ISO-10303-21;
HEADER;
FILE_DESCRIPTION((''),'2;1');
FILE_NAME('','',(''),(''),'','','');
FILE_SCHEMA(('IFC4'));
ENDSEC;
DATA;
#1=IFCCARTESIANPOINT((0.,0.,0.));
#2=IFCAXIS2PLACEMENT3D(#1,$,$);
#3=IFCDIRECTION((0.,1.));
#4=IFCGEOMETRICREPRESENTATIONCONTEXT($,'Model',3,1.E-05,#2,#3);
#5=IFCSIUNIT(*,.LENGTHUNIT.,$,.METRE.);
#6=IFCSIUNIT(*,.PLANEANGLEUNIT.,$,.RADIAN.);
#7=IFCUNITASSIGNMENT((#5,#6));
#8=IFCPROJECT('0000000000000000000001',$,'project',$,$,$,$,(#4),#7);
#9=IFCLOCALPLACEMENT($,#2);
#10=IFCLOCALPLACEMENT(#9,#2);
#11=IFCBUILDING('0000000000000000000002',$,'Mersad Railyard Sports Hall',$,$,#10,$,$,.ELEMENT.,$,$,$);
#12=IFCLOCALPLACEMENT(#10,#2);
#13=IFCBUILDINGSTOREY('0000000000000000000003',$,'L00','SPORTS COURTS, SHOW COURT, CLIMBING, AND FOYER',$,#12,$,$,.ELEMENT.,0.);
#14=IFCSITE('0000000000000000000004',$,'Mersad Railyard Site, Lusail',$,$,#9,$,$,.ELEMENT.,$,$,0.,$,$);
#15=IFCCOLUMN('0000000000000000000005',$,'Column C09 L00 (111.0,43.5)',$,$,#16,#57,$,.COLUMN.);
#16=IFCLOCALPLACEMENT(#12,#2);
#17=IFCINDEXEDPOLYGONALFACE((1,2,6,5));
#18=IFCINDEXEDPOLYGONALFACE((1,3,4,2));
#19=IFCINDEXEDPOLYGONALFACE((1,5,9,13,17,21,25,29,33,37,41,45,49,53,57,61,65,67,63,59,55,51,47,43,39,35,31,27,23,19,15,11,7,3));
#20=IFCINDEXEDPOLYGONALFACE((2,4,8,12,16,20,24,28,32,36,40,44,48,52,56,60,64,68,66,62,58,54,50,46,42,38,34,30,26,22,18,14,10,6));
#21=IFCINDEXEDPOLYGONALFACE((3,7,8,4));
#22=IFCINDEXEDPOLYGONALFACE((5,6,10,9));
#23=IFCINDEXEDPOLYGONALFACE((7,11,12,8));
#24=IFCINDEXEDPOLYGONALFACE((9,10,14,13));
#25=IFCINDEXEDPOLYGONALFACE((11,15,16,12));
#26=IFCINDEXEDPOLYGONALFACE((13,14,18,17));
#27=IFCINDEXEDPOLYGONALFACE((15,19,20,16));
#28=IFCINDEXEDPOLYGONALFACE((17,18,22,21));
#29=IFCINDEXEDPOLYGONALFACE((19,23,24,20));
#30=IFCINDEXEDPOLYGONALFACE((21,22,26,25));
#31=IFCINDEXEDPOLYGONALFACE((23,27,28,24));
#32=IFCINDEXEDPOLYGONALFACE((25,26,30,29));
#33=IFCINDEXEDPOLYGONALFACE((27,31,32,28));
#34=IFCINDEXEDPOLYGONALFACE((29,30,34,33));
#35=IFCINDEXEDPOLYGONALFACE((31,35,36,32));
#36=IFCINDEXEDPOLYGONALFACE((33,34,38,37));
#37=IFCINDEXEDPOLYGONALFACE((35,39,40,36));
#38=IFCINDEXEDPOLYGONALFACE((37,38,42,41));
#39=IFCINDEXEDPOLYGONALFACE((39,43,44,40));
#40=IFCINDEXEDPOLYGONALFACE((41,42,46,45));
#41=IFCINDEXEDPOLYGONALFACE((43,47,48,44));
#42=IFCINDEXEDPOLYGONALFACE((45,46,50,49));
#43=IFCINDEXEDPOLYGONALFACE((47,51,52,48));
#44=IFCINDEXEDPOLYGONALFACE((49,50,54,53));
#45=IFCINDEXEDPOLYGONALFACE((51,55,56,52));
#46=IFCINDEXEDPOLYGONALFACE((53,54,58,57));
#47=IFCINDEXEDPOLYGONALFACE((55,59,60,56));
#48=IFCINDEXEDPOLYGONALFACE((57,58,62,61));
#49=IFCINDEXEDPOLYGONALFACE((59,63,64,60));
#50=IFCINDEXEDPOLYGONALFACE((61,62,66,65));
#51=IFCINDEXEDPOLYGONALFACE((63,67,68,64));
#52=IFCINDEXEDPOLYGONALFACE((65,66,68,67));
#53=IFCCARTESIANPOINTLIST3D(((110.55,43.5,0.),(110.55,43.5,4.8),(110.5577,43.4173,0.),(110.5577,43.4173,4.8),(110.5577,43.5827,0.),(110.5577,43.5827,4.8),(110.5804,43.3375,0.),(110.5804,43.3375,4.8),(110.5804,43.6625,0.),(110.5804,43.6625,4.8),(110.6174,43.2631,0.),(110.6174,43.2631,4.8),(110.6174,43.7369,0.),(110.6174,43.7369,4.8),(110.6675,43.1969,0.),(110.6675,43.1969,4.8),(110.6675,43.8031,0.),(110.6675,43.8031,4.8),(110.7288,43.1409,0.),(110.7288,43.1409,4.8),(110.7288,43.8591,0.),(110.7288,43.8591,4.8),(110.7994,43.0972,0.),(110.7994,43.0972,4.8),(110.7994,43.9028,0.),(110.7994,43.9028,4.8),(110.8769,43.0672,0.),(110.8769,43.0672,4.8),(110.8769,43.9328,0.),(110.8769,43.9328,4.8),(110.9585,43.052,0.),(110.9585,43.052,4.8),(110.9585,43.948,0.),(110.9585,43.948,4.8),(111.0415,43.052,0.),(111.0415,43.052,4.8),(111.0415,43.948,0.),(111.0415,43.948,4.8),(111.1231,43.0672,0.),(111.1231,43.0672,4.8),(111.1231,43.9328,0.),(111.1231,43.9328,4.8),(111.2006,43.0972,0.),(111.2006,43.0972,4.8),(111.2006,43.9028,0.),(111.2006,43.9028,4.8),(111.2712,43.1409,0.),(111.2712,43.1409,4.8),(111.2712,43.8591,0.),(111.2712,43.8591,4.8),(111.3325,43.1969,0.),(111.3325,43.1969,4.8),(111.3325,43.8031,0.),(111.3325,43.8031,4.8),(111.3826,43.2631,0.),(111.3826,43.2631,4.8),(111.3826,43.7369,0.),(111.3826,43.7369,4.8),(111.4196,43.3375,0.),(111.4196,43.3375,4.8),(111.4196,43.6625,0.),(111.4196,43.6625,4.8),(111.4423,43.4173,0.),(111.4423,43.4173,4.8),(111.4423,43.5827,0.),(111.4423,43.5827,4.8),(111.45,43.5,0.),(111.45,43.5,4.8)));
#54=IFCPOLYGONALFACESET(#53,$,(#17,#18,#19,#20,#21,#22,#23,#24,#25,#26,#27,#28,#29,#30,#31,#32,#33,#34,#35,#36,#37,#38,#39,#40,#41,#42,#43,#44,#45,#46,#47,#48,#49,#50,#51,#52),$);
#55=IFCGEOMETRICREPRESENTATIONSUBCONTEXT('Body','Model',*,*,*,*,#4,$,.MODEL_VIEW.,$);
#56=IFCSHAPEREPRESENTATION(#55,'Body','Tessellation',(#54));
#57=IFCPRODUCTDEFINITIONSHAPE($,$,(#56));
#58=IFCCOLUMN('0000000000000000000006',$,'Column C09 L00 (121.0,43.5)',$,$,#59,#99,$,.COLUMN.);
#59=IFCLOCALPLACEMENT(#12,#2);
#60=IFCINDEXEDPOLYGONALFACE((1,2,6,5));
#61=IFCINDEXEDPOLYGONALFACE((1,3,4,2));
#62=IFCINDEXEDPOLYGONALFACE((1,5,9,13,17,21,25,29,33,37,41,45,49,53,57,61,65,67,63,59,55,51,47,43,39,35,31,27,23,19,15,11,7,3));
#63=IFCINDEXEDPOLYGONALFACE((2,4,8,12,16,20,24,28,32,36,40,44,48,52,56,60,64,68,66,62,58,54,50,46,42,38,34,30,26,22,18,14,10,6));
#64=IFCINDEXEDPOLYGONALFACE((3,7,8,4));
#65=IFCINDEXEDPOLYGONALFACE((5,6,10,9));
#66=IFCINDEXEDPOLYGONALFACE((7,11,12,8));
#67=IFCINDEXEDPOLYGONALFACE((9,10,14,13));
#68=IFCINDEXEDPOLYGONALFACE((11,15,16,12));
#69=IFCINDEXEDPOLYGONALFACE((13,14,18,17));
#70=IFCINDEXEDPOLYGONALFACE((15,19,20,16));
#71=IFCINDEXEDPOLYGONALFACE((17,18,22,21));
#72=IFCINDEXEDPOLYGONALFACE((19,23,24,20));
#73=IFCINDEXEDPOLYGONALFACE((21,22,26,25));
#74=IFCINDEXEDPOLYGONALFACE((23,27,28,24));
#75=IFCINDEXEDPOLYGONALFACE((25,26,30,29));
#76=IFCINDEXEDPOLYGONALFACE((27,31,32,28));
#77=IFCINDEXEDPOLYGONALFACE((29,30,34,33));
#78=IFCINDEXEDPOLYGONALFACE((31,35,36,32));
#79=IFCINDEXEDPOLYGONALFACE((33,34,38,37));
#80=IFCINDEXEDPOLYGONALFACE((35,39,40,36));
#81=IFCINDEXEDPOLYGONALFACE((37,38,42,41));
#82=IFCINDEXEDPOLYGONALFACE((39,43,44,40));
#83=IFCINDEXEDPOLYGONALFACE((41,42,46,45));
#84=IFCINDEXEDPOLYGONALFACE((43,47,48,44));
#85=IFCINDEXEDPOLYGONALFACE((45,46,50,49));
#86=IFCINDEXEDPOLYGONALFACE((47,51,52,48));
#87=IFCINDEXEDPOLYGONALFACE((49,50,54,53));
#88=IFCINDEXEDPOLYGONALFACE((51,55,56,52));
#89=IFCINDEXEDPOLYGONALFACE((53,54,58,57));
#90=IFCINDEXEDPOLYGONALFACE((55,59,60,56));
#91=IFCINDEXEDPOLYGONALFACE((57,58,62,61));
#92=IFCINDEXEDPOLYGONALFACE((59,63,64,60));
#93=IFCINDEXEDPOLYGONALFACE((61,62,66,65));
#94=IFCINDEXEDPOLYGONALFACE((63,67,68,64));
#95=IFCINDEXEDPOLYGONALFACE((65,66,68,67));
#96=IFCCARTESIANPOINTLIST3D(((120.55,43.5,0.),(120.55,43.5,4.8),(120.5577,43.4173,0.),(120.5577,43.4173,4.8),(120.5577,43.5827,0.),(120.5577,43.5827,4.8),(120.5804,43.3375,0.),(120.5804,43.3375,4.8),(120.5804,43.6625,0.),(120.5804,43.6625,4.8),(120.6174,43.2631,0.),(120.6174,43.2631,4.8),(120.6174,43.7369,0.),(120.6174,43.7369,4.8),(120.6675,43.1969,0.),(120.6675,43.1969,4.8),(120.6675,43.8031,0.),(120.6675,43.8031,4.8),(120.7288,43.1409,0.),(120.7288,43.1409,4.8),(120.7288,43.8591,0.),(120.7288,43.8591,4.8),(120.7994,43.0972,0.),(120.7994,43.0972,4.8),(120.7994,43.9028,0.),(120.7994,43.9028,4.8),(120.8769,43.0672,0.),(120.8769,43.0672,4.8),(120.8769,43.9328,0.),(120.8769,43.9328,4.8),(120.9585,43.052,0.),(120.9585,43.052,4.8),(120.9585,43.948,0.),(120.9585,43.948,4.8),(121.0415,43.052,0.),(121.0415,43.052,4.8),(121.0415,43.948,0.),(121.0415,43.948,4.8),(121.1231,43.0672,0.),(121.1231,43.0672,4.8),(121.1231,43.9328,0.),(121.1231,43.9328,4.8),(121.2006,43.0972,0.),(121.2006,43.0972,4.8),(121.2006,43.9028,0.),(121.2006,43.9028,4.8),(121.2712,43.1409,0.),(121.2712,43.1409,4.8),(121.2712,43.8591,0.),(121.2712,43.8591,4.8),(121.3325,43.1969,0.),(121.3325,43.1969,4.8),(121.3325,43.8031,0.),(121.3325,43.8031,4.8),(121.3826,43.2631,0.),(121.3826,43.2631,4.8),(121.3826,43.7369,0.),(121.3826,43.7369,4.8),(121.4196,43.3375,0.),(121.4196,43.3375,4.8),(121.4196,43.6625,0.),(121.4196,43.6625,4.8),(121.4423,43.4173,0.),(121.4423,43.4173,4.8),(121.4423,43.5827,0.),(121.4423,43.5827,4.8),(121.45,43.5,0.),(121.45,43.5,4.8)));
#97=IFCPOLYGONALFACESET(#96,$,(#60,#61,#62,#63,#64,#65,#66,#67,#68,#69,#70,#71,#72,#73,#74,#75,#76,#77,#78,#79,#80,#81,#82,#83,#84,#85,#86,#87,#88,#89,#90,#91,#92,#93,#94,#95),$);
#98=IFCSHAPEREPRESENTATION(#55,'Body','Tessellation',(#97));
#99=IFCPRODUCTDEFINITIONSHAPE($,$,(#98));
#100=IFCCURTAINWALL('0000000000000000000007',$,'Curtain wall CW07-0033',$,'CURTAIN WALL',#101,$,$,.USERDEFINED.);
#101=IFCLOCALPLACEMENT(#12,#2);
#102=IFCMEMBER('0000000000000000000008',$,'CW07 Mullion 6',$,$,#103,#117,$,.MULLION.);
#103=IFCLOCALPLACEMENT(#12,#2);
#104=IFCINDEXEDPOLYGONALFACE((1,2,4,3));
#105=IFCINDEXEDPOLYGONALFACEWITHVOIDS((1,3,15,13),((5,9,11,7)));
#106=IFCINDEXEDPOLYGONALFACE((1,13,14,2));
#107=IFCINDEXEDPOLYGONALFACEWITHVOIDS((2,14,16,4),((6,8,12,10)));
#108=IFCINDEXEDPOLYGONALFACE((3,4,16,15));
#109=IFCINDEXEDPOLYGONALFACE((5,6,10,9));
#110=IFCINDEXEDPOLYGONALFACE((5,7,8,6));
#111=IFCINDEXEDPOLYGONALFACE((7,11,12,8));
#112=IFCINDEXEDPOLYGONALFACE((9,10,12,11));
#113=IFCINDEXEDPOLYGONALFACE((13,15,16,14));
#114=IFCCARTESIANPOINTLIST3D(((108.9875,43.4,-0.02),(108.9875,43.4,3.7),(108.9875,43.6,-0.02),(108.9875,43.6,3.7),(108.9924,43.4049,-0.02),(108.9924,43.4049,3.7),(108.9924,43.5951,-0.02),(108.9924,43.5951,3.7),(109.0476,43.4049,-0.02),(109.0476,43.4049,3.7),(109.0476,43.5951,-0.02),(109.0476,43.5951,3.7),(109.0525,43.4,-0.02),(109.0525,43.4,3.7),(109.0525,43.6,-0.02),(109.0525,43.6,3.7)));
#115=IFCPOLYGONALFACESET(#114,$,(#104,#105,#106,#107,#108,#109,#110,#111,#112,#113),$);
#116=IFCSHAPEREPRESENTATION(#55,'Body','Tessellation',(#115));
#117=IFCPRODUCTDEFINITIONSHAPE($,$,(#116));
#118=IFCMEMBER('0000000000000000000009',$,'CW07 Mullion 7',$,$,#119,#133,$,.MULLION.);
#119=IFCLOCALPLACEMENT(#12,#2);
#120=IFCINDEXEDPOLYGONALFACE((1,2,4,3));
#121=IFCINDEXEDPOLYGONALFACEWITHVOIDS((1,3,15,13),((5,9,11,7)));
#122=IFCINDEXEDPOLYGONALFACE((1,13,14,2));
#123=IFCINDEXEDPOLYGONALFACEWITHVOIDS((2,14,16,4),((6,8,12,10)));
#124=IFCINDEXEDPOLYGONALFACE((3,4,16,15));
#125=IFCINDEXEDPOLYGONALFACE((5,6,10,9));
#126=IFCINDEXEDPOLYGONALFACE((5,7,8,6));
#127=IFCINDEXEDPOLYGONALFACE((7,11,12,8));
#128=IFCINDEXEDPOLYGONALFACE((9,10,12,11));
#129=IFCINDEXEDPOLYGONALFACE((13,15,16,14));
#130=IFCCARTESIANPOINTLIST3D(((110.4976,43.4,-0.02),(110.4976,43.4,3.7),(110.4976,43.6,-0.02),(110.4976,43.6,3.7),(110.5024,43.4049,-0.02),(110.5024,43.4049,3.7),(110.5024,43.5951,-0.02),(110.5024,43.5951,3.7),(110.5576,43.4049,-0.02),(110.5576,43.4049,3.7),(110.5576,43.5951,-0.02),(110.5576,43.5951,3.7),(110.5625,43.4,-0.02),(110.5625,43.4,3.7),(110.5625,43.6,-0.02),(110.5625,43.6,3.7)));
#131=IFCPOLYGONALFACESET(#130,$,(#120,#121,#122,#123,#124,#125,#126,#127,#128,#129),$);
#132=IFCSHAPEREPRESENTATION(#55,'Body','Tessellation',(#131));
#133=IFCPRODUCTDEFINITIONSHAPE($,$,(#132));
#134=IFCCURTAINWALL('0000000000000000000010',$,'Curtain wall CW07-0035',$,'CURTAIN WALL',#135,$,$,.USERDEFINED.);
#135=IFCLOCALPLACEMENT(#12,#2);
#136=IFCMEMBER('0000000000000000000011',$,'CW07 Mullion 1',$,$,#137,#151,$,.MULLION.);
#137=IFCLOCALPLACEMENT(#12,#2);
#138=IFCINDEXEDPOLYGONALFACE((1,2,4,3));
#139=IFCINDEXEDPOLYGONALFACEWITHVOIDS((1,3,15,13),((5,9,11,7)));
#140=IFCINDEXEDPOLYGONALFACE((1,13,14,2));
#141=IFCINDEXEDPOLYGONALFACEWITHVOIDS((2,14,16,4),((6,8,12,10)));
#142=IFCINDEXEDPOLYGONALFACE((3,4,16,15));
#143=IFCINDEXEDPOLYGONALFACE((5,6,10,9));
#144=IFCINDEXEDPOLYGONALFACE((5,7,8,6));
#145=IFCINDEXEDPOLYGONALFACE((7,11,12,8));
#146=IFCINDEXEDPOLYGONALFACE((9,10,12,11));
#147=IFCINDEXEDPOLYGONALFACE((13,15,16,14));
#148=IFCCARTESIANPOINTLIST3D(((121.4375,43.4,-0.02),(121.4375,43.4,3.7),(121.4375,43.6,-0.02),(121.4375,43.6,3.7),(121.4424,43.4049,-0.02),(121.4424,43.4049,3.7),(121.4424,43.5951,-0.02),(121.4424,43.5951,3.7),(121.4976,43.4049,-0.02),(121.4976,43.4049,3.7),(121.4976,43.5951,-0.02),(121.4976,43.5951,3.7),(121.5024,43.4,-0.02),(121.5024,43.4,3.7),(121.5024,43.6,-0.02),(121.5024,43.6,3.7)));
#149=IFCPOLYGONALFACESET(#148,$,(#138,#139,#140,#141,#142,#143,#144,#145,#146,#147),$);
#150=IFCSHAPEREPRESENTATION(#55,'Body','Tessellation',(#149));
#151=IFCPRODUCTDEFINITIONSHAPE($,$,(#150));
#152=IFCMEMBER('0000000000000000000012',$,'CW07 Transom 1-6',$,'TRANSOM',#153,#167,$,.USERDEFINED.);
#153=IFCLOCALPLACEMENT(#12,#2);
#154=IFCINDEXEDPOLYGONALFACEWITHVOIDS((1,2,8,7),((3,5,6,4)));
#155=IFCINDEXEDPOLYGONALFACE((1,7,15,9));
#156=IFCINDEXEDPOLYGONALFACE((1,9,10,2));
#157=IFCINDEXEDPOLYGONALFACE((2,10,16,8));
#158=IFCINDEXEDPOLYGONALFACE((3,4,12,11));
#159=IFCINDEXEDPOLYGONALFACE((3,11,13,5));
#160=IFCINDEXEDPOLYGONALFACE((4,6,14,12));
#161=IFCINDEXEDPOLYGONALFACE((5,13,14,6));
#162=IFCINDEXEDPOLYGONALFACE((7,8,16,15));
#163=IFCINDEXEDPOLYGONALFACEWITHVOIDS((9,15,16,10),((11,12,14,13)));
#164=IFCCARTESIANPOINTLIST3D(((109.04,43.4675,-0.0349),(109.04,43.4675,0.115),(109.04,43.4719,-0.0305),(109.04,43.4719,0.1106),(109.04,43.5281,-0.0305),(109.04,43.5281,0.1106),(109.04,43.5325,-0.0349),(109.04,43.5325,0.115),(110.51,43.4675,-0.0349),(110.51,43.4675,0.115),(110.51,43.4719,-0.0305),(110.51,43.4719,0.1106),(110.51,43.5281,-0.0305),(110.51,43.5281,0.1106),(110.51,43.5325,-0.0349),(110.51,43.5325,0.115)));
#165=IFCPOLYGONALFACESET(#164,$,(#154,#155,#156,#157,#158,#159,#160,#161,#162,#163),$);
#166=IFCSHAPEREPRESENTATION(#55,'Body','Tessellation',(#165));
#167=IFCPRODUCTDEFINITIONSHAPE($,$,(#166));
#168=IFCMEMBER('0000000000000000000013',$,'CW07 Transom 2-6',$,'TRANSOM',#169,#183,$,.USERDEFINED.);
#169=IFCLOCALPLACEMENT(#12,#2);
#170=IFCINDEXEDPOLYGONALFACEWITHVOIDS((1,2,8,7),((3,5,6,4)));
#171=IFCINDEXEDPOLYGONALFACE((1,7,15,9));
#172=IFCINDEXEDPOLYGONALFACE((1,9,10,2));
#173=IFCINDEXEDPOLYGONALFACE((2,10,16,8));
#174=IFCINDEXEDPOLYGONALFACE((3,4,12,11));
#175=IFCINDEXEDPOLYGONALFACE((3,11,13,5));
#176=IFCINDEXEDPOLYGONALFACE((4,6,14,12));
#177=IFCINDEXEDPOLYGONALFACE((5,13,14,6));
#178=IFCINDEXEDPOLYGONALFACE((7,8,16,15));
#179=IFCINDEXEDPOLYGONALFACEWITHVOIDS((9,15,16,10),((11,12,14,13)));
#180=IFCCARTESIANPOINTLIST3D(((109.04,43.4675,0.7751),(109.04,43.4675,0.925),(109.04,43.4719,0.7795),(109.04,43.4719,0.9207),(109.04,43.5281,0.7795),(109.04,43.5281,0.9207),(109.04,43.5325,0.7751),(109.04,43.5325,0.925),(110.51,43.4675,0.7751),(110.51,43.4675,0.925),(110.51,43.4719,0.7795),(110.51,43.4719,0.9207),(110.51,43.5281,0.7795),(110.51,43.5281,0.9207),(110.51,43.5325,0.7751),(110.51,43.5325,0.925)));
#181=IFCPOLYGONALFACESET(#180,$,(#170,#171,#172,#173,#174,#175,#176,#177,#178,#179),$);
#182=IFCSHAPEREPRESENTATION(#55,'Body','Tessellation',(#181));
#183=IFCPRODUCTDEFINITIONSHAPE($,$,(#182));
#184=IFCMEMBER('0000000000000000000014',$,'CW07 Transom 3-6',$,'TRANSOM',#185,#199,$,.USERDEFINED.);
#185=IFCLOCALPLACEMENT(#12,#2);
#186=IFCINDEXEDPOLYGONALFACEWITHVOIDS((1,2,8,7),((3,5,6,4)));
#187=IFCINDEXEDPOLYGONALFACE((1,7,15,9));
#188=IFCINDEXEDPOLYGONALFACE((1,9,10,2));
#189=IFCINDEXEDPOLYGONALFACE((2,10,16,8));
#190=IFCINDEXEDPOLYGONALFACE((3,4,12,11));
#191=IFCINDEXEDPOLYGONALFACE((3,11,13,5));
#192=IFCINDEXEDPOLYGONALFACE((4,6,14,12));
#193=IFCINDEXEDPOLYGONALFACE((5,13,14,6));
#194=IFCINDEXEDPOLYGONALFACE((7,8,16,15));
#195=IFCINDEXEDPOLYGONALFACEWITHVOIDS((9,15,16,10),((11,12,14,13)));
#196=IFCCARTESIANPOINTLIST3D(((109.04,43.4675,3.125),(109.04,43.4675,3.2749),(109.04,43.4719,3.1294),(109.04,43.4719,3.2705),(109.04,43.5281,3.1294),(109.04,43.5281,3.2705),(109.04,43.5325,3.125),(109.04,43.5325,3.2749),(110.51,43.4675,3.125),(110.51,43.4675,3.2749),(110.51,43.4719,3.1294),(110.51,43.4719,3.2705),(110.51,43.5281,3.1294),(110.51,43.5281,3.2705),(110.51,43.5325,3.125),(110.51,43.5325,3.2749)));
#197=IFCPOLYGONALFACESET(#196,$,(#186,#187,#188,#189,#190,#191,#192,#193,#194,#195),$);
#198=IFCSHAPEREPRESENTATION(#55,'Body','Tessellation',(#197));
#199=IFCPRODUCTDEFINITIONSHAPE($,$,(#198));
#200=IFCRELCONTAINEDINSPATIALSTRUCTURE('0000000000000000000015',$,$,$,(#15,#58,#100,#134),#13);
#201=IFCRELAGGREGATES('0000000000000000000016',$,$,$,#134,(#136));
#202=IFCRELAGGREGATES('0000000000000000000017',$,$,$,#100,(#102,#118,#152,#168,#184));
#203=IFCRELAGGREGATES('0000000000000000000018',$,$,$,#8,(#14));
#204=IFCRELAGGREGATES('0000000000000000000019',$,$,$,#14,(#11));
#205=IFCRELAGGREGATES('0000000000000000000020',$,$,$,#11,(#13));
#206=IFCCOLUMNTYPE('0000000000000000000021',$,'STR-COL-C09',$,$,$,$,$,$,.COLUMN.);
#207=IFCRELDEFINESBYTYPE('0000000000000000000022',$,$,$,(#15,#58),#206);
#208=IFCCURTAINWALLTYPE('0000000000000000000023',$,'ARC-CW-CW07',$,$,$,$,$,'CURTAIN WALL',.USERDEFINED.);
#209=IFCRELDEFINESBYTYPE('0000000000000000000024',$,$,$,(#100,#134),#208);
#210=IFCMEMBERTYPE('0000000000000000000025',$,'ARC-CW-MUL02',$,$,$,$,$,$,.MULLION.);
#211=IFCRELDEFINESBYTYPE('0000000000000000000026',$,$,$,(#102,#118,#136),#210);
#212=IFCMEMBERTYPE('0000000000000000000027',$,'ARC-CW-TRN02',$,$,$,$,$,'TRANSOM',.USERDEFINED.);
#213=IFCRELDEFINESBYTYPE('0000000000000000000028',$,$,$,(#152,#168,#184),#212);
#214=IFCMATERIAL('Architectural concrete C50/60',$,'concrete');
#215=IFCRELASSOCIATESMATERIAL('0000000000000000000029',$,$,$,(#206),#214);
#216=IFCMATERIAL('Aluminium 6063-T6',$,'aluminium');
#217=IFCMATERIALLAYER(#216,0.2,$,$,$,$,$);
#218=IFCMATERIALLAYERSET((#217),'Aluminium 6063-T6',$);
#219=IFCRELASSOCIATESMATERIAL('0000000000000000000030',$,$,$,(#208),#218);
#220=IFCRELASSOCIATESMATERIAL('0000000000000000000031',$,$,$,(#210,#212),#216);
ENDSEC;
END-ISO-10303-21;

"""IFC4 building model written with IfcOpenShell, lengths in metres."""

from ifc_helpers import new_model, si_unit, direction, frame, origin, origin_2d, place, context, subcontext, project, spatial, hollow_rectangle, circle, extrude, material, layer, layer_set, material_profile, profile_set, type_object, element, aggregate, save


model = new_model("IFC4")

# Units and contexts
model_context = context("Model", 3, precision=1e-05, world=origin(), true_north=direction((0.0, 1.0)))
body_context = subcontext(model_context, "Body", "Model", "MODEL_VIEW")
ifc_project = project(units=[si_unit("LENGTHUNIT", "METRE"), si_unit("PLANEANGLEUNIT", "RADIAN")], contexts=[model_context])

# Site, building, storey
site_placement = place(None, origin())
site = spatial("IfcSite", under=ifc_project, at=site_placement, Name="Mersad Railyard Site, Lusail", CompositionType="ELEMENT", RefElevation=0.0)
building_placement = place(site_placement, origin())
building = spatial("IfcBuilding", under=site, at=building_placement, Name="Mersad Railyard Sports Hall", CompositionType="ELEMENT")
storey_placement = place(building_placement, origin())
storey = spatial("IfcBuildingStorey", under=building, at=storey_placement, Name="L00", Description="SPORTS COURTS, SHOW COURT, CLIMBING, AND FOYER", CompositionType="ELEMENT", Elevation=0.0)

# Columns
ifc_material_1 = material(Name="Architectural concrete C50/60", Category="concrete")
ifc_material_profile_1 = material_profile(ifc_material_1, circle(Radius=0.45, at=origin_2d()), Name="RC D900")
ifc_profile_set_1 = profile_set([ifc_material_profile_1], Name="Architectural concrete C50/60")
column_type = type_object("IfcColumnType", Name="STR-COL-C09", PredefinedType="COLUMN", material=ifc_profile_set_1)
for number, where, z_axis, x_axis, name in (
    (1, (111.0, 43.5, 0.0), (0.0, 0.0, 1.0), (1.0, 0.0, 0.0), "Column C09 L00 (111.0,43.5)"),
    (2, (121.0, 43.5, 0.0), (0.0, 0.0, 1.0), (1.0, 0.0, 0.0), "Column C09 L00 (121.0,43.5)"),
):
    element("IfcColumn", number, at=place(storey_placement, frame(where, z_axis=z_axis, x_axis=x_axis)), inside=storey, type_object=column_type, Name=name, PredefinedType="COLUMN", context=body_context, shape_type="SweptSolid", body=[
        extrude(circle(Radius=0.45, at=origin_2d()), origin(), (0.0, 0.0, 1.0), 4.8),
    ])

# Curtain wall, members
ifc_material_2 = material(Name="Aluminium 6063-T6", Category="aluminium")
ifc_layer_1 = layer(ifc_material_2, 0.2)
ifc_layer_set_1 = layer_set([ifc_layer_1], Name="Aluminium 6063-T6")
curtain_wall_type = type_object("IfcCurtainWallType", Name="ARC-CW-CW07", ElementType="CURTAIN WALL", PredefinedType="USERDEFINED", material=ifc_layer_set_1)
curtain_wall_1_placement = place(storey_placement, origin())
curtain_wall_1 = element("IfcCurtainWall", 3, at=curtain_wall_1_placement, inside=storey, type_object=curtain_wall_type, Name="Curtain wall CW07-0033", ObjectType="CURTAIN WALL", PredefinedType="USERDEFINED")
ifc_material_profile_2 = material_profile(ifc_material_2, hollow_rectangle(XDim=0.0649, YDim=0.2, WallThickness=0.0049, at=origin_2d()), Name="AL MULLION 65x200x5")
ifc_profile_set_2 = profile_set([ifc_material_profile_2], Name="Aluminium 6063-T6")
member_type_1 = type_object("IfcMemberType", Name="ARC-CW-MUL02", PredefinedType="MULLION", material=ifc_profile_set_2)
member_1_placement = place(storey_placement, frame((109.02, 43.5, -0.02), z_axis=(0.0, 0.0, 1.0), x_axis=(1.0, 0.0, 0.0)))
member_1 = element("IfcMember", 4, at=member_1_placement, type_object=member_type_1, Name="CW07 Mullion 6", PredefinedType="MULLION", context=body_context, shape_type="SweptSolid", body=[
    extrude(hollow_rectangle(XDim=0.0649, YDim=0.2, WallThickness=0.0049, at=origin_2d()), origin(), (0.0, 0.0, 1.0), 3.72),
])
member_2_placement = place(storey_placement, frame((110.53, 43.5, -0.02), z_axis=(0.0, 0.0, 1.0), x_axis=(1.0, 0.0, 0.0)))
member_2 = element("IfcMember", 5, at=member_2_placement, type_object=member_type_1, Name="CW07 Mullion 7", PredefinedType="MULLION", context=body_context, shape_type="SweptSolid", body=[
    extrude(hollow_rectangle(XDim=0.0649, YDim=0.2, WallThickness=0.0049, at=origin_2d()), origin(), (0.0, 0.0, 1.0), 3.72),
])

# Curtain wall, member
curtain_wall_2_placement = place(storey_placement, origin())
curtain_wall_2 = element("IfcCurtainWall", 6, at=curtain_wall_2_placement, inside=storey, type_object=curtain_wall_type, Name="Curtain wall CW07-0035", ObjectType="CURTAIN WALL", PredefinedType="USERDEFINED")
member_3_placement = place(storey_placement, frame((121.47, 43.5, -0.02), z_axis=(0.0, 0.0, 1.0), x_axis=(1.0, 0.0, 0.0)))
member_3 = element("IfcMember", 7, at=member_3_placement, type_object=member_type_1, Name="CW07 Mullion 1", PredefinedType="MULLION", context=body_context, shape_type="SweptSolid", body=[
    extrude(hollow_rectangle(XDim=0.0649, YDim=0.2, WallThickness=0.0049, at=origin_2d()), origin(), (0.0, 0.0, 1.0), 3.72),
])

# Members
ifc_material_profile_3 = material_profile(ifc_material_2, hollow_rectangle(XDim=0.0649, YDim=0.1499, WallThickness=0.0044, at=origin_2d()), Name="AL TRANSOM 65x150x4.5")
ifc_profile_set_3 = profile_set([ifc_material_profile_3], Name="Aluminium 6063-T6")
member_type_2 = type_object("IfcMemberType", Name="ARC-CW-TRN02", ElementType="TRANSOM", PredefinedType="USERDEFINED", material=ifc_profile_set_3)
member_4_placement = place(storey_placement, frame((109.04, 43.5, 0.04), z_axis=(1.0, 0.0, 0.0), x_axis=(0.0, 1.0, 0.0)))
member_4 = element("IfcMember", 8, at=member_4_placement, type_object=member_type_2, Name="CW07 Transom 1-6", ObjectType="TRANSOM", PredefinedType="USERDEFINED", context=body_context, shape_type="SweptSolid", body=[
    extrude(hollow_rectangle(XDim=0.0649, YDim=0.1499, WallThickness=0.0044, at=origin_2d()), origin(), (0.0, 0.0, 1.0), 1.47),
])
member_5_placement = place(storey_placement, frame((109.04, 43.5, 0.8501), z_axis=(1.0, 0.0, 0.0), x_axis=(0.0, 1.0, 0.0)))
member_5 = element("IfcMember", 9, at=member_5_placement, type_object=member_type_2, Name="CW07 Transom 2-6", ObjectType="TRANSOM", PredefinedType="USERDEFINED", context=body_context, shape_type="SweptSolid", body=[
    extrude(hollow_rectangle(XDim=0.0649, YDim=0.1499, WallThickness=0.0044, at=origin_2d()), origin(), (0.0, 0.0, 1.0), 1.47),
])
member_6_placement = place(storey_placement, frame((109.04, 43.5, 3.2), z_axis=(1.0, 0.0, 0.0), x_axis=(0.0, 1.0, 0.0)))
member_6 = element("IfcMember", 10, at=member_6_placement, type_object=member_type_2, Name="CW07 Transom 3-6", ObjectType="TRANSOM", PredefinedType="USERDEFINED", context=body_context, shape_type="SweptSolid", body=[
    extrude(hollow_rectangle(XDim=0.0649, YDim=0.1499, WallThickness=0.0044, at=origin_2d()), origin(), (0.0, 0.0, 1.0), 1.47),
])
aggregate(curtain_wall_2, [member_3])

aggregate(curtain_wall_1, [member_1, member_2, member_4, member_5, member_6])

save(model, "model.ifc")
